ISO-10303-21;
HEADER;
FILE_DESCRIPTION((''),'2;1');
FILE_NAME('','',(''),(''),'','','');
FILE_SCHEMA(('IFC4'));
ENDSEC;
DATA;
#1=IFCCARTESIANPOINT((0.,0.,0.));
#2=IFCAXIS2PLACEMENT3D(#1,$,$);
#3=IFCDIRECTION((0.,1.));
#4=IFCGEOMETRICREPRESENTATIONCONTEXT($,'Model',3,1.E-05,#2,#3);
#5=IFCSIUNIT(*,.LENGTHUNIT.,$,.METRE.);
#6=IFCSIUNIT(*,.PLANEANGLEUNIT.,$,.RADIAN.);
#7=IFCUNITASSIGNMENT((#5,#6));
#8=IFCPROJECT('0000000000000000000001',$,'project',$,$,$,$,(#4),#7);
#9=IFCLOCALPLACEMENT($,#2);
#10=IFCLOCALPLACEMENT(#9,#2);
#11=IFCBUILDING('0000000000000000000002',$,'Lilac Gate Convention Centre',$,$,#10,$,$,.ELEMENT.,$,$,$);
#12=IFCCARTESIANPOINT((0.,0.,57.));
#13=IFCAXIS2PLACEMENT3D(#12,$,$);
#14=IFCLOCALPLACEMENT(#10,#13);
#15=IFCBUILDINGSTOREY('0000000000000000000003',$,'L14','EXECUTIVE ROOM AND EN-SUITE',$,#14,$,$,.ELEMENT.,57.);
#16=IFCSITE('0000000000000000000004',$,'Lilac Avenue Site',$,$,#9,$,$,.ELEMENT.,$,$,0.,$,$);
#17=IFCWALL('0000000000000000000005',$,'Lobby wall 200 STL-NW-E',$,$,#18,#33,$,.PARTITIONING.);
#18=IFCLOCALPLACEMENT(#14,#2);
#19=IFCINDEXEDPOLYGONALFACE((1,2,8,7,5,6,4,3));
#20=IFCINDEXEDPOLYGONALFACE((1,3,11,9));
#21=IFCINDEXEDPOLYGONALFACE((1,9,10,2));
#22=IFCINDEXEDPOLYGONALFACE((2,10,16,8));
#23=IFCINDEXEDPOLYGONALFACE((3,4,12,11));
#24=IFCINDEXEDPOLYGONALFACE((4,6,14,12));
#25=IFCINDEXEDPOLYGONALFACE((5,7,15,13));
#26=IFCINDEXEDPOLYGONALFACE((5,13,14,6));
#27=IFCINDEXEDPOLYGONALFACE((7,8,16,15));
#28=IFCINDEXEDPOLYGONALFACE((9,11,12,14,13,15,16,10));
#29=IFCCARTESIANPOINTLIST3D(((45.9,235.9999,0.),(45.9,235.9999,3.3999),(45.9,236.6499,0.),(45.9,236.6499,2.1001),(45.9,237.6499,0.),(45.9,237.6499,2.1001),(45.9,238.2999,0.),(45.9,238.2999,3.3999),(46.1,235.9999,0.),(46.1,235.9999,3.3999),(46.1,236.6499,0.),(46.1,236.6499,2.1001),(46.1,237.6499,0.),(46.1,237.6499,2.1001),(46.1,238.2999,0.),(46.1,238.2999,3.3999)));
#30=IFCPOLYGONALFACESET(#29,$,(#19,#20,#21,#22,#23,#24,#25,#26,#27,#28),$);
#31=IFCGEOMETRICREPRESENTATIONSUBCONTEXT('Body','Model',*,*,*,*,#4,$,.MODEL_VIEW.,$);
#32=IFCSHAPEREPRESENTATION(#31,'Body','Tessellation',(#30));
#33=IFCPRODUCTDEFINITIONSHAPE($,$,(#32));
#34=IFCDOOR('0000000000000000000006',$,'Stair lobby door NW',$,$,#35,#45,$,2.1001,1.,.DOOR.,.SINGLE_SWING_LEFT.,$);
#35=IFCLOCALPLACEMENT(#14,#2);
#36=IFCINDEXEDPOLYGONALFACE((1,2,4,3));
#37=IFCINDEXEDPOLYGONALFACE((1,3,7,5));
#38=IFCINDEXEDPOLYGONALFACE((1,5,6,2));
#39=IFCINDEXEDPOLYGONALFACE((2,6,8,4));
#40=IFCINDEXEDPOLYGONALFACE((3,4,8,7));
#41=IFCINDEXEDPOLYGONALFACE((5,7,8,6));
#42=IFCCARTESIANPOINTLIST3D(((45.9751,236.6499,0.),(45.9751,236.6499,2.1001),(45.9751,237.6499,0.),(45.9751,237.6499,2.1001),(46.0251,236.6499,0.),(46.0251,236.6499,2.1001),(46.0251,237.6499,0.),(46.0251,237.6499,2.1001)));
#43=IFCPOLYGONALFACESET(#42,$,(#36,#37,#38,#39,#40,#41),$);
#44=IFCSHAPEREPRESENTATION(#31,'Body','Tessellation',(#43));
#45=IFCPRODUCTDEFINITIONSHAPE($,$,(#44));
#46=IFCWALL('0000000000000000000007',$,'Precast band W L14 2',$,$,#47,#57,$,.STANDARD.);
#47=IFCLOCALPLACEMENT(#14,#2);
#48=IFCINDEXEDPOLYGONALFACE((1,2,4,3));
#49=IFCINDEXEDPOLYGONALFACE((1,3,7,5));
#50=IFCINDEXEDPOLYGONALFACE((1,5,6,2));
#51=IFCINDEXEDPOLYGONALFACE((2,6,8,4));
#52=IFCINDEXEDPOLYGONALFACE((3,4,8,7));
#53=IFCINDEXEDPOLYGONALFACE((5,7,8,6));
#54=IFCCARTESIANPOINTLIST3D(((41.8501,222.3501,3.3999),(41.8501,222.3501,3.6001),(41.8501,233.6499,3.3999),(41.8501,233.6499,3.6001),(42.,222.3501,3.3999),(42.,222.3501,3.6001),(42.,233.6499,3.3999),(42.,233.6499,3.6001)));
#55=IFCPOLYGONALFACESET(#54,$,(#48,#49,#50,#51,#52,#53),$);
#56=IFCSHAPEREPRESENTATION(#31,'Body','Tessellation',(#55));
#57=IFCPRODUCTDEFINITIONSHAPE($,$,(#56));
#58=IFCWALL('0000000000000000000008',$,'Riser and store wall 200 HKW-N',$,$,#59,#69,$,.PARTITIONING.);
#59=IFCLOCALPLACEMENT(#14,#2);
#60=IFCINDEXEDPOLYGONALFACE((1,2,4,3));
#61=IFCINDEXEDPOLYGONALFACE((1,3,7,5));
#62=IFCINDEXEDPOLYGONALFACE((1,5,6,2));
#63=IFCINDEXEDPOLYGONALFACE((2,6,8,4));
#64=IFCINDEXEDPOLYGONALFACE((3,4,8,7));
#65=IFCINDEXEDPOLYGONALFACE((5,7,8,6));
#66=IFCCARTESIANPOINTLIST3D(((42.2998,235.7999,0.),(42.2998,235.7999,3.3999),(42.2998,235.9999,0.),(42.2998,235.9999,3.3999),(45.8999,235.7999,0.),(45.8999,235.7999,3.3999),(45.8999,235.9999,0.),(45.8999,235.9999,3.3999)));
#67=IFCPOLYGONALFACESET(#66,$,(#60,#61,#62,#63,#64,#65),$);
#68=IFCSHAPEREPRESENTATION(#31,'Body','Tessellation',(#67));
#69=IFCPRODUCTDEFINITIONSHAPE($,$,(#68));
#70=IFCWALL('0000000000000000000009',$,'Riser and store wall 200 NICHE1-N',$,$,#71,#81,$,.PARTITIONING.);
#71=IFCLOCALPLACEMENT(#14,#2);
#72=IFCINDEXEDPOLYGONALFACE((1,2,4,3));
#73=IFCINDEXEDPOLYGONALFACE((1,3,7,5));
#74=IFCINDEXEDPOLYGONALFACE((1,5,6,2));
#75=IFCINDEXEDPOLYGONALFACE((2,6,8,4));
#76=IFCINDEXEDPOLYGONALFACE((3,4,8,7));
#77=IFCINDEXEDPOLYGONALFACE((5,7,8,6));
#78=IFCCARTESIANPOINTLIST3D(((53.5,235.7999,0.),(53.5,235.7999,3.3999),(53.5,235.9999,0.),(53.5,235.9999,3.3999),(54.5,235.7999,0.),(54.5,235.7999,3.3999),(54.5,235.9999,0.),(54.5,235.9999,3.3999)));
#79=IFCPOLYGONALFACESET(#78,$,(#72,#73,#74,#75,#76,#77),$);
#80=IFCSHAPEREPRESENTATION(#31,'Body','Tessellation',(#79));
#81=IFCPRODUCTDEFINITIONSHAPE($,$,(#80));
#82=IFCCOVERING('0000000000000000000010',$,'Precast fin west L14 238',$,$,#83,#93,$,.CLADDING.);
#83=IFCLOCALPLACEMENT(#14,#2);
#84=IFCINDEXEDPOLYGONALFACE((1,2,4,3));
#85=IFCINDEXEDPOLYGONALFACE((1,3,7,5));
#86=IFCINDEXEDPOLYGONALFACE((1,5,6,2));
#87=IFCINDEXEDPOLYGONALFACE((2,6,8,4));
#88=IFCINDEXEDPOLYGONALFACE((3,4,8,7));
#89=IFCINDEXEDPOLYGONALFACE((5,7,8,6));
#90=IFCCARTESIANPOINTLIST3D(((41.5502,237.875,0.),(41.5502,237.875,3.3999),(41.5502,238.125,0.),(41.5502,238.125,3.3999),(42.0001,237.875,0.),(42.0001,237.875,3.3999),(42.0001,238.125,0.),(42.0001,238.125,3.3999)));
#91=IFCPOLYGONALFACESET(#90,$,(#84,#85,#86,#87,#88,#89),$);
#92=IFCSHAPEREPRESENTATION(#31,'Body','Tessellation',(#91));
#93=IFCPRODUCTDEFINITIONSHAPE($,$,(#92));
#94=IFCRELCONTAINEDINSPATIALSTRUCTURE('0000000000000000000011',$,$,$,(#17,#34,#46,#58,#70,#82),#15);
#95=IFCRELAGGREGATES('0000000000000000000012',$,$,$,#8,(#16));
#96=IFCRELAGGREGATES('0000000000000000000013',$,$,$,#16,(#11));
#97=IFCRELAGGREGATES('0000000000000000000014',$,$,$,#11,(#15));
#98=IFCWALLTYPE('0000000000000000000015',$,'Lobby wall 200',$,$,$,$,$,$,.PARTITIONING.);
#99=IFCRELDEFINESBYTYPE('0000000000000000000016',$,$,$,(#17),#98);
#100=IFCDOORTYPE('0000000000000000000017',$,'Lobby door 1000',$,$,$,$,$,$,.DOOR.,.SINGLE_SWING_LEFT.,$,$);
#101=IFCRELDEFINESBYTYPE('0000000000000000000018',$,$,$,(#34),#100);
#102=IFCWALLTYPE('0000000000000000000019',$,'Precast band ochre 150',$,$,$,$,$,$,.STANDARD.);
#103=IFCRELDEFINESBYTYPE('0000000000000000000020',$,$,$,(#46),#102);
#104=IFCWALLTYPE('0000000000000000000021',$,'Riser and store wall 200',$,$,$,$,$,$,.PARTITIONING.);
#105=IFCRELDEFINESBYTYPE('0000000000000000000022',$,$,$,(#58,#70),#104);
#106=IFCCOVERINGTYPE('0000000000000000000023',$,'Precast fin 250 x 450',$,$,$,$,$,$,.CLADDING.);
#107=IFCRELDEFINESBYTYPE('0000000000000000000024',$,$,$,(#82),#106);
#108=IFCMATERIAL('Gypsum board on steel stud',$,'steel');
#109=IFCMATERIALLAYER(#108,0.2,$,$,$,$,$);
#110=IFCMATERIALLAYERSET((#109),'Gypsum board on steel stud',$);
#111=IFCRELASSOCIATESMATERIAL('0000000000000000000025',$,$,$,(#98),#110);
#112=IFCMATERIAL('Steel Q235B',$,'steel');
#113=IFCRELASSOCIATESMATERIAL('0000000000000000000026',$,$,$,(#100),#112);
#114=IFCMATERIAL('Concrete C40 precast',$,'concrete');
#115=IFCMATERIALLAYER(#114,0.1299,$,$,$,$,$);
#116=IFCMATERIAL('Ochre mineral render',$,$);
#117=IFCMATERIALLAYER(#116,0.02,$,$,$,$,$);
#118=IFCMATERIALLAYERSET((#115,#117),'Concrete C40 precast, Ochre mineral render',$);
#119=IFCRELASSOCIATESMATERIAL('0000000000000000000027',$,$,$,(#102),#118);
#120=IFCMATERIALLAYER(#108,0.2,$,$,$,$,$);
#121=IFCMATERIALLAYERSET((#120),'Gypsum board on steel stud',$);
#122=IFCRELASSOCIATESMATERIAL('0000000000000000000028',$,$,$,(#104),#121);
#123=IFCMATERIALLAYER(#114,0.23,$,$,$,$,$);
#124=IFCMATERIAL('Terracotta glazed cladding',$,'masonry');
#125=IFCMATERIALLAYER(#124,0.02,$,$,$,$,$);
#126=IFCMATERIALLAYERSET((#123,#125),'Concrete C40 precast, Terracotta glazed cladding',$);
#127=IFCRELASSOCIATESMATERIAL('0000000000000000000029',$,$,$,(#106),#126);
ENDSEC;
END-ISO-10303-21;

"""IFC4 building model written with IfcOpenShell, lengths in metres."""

from ifc_helpers import new_model, si_unit, direction, frame, frame_2d, origin, place, context, subcontext, project, spatial, rectangle, extrude, material, layer, layer_set, type_object, element, fill, save


model = new_model("IFC4")

# Units and contexts
model_context = context("Model", 3, precision=1e-05, world=origin(), true_north=direction((0.0, 1.0)))
body_context = subcontext(model_context, "Body", "Model", "MODEL_VIEW")
ifc_project = project(units=[si_unit("LENGTHUNIT", "METRE"), si_unit("PLANEANGLEUNIT", "RADIAN")], contexts=[model_context])

# Site, building, storey
site_placement = place(None, origin())
site = spatial("IfcSite", under=ifc_project, at=site_placement, Name="Lilac Avenue Site", CompositionType="ELEMENT", RefElevation=0.0)
building_placement = place(site_placement, origin())
building = spatial("IfcBuilding", under=site, at=building_placement, Name="Lilac Gate Convention Centre", CompositionType="ELEMENT")
storey_placement = place(building_placement, frame((0.0, 0.0, 57.0)))
storey = spatial("IfcBuildingStorey", under=building, at=storey_placement, Name="L14", Description="EXECUTIVE ROOM AND EN-SUITE", CompositionType="ELEMENT", Elevation=57.0)

# Wall, opening, door
ifc_material_1 = material(Name="Gypsum board on steel stud", Category="steel")
ifc_layer_1 = layer(ifc_material_1, 0.2)
ifc_layer_set_1 = layer_set([ifc_layer_1], Name="Gypsum board on steel stud")
wall_type_1 = type_object("IfcWallType", Name="Lobby wall 200", PredefinedType="PARTITIONING", material=ifc_layer_set_1)
wall_1_placement = place(storey_placement, frame((46.0, 236.0, 0.0), z_axis=(0.0, 0.0, 1.0), x_axis=(0.0, 1.0, 0.0)))
wall_1 = element("IfcWall", 1, at=wall_1_placement, inside=storey, type_object=wall_type_1, Name="Lobby wall 200 STL-NW-E", PredefinedType="PARTITIONING", context=body_context, shape_type="SweptSolid", body=[
    extrude(rectangle(XDim=2.3, YDim=0.2, at=frame_2d((1.1499, 0.0))), origin(), (0.0, 0.0, 1.0), 3.3999),
])
opening_placement = place(wall_1_placement, frame((0.6499, 0.0, 0.0)))
opening = element("IfcOpeningElement", 2, at=opening_placement, cuts=wall_1, PredefinedType="OPENING", context=body_context, shape_type="SweptSolid", body=[
    extrude(rectangle(XDim=1.0, YDim=2.1001, at=frame_2d((0.5, 1.05))), frame((0.0, 0.1099, 0.0), z_axis=(0.0, -1.0, 0.0), x_axis=(1.0, 0.0, 0.0)), (0.0, 0.0, 1.0), 0.22),
])
ifc_material_2 = material(Name="Steel Q235B", Category="steel")
door_type = type_object("IfcDoorType", Name="Lobby door 1000", OperationType="SINGLE_SWING_LEFT", PredefinedType="DOOR", material=ifc_material_2)
door_placement = place(opening_placement, origin())
door = element("IfcDoor", 3, at=door_placement, inside=storey, type_object=door_type, Name="Stair lobby door NW", OperationType="SINGLE_SWING_LEFT", OverallHeight=2.1001, OverallWidth=1.0, PredefinedType="DOOR", context=body_context, shape_type="SweptSolid", body=[
    extrude(rectangle(XDim=1.0, YDim=2.1001, at=frame_2d((0.5, 1.05))), frame((0.0, 0.0249, 0.0), z_axis=(0.0, -1.0, 0.0), x_axis=(1.0, 0.0, 0.0)), (0.0, 0.0, 1.0), 0.05),
])
fill(opening, door)

# Walls
ifc_material_3 = material(Name="Concrete C40 precast", Category="concrete")
ifc_layer_2 = layer(ifc_material_3, 0.1299)
ifc_material_4 = material(Name="Ochre mineral render")
ifc_layer_3 = layer(ifc_material_4, 0.02)
ifc_layer_set_2 = layer_set([ifc_layer_2, ifc_layer_3], Name="Concrete C40 precast, Ochre mineral render")
wall_type_2 = type_object("IfcWallType", Name="Precast band ochre 150", PredefinedType="STANDARD", material=ifc_layer_set_2)
wall_2_placement = place(storey_placement, frame((41.925, 233.6499, 3.3999), z_axis=(0.0, 0.0, 1.0), x_axis=(0.0, -1.0, 0.0)))
element("IfcWall", 4, at=wall_2_placement, inside=storey, type_object=wall_type_2, Name="Precast band W L14 2", PredefinedType="STANDARD", context=body_context, shape_type="SweptSolid", body=[
    extrude(rectangle(XDim=11.2998, YDim=0.1499, at=frame_2d((5.6499, 0.0))), origin(), (0.0, 0.0, 1.0), 0.2002),
])
ifc_layer_4 = layer(ifc_material_1, 0.2)
ifc_layer_set_3 = layer_set([ifc_layer_4], Name="Gypsum board on steel stud")
wall_type_3 = type_object("IfcWallType", Name="Riser and store wall 200", PredefinedType="PARTITIONING", material=ifc_layer_set_3)
wall_3_placement = place(storey_placement, frame((42.2998, 235.8999, 0.0), z_axis=(0.0, 0.0, 1.0), x_axis=(1.0, 0.0, 0.0)))
element("IfcWall", 5, at=wall_3_placement, inside=storey, type_object=wall_type_3, Name="Riser and store wall 200 HKW-N", PredefinedType="PARTITIONING", context=body_context, shape_type="SweptSolid", body=[
    extrude(rectangle(XDim=3.6001, YDim=0.2, at=frame_2d((1.8, 0.0))), origin(), (0.0, 0.0, 1.0), 3.3999),
])
wall_4_placement = place(storey_placement, frame((53.5, 235.8999, 0.0), z_axis=(0.0, 0.0, 1.0), x_axis=(1.0, 0.0, 0.0)))
element("IfcWall", 6, at=wall_4_placement, inside=storey, type_object=wall_type_3, Name="Riser and store wall 200 NICHE1-N", PredefinedType="PARTITIONING", context=body_context, shape_type="SweptSolid", body=[
    extrude(rectangle(XDim=1.0, YDim=0.2, at=frame_2d((0.5, 0.0))), origin(), (0.0, 0.0, 1.0), 3.3999),
])

# Covering
ifc_layer_5 = layer(ifc_material_3, 0.23)
ifc_material_5 = material(Name="Terracotta glazed cladding", Category="masonry")
ifc_layer_6 = layer(ifc_material_5, 0.02)
ifc_layer_set_4 = layer_set([ifc_layer_5, ifc_layer_6], Name="Concrete C40 precast, Terracotta glazed cladding")
covering_type = type_object("IfcCoveringType", Name="Precast fin 250 x 450", PredefinedType="CLADDING", material=ifc_layer_set_4)
covering_placement = place(storey_placement, frame((41.55, 238.0, 0.0), z_axis=(0.0, 0.0, 1.0), x_axis=(1.0, 0.0, 0.0)))
element("IfcCovering", 7, at=covering_placement, inside=storey, type_object=covering_type, Name="Precast fin west L14 238", PredefinedType="CLADDING", context=body_context, shape_type="SweptSolid", body=[
    extrude(rectangle(XDim=0.45, YDim=0.25, at=frame_2d((0.2251, 0.0))), origin(), (0.0, 0.0, 1.0), 3.3999),
])

save(model, "model.ifc")
